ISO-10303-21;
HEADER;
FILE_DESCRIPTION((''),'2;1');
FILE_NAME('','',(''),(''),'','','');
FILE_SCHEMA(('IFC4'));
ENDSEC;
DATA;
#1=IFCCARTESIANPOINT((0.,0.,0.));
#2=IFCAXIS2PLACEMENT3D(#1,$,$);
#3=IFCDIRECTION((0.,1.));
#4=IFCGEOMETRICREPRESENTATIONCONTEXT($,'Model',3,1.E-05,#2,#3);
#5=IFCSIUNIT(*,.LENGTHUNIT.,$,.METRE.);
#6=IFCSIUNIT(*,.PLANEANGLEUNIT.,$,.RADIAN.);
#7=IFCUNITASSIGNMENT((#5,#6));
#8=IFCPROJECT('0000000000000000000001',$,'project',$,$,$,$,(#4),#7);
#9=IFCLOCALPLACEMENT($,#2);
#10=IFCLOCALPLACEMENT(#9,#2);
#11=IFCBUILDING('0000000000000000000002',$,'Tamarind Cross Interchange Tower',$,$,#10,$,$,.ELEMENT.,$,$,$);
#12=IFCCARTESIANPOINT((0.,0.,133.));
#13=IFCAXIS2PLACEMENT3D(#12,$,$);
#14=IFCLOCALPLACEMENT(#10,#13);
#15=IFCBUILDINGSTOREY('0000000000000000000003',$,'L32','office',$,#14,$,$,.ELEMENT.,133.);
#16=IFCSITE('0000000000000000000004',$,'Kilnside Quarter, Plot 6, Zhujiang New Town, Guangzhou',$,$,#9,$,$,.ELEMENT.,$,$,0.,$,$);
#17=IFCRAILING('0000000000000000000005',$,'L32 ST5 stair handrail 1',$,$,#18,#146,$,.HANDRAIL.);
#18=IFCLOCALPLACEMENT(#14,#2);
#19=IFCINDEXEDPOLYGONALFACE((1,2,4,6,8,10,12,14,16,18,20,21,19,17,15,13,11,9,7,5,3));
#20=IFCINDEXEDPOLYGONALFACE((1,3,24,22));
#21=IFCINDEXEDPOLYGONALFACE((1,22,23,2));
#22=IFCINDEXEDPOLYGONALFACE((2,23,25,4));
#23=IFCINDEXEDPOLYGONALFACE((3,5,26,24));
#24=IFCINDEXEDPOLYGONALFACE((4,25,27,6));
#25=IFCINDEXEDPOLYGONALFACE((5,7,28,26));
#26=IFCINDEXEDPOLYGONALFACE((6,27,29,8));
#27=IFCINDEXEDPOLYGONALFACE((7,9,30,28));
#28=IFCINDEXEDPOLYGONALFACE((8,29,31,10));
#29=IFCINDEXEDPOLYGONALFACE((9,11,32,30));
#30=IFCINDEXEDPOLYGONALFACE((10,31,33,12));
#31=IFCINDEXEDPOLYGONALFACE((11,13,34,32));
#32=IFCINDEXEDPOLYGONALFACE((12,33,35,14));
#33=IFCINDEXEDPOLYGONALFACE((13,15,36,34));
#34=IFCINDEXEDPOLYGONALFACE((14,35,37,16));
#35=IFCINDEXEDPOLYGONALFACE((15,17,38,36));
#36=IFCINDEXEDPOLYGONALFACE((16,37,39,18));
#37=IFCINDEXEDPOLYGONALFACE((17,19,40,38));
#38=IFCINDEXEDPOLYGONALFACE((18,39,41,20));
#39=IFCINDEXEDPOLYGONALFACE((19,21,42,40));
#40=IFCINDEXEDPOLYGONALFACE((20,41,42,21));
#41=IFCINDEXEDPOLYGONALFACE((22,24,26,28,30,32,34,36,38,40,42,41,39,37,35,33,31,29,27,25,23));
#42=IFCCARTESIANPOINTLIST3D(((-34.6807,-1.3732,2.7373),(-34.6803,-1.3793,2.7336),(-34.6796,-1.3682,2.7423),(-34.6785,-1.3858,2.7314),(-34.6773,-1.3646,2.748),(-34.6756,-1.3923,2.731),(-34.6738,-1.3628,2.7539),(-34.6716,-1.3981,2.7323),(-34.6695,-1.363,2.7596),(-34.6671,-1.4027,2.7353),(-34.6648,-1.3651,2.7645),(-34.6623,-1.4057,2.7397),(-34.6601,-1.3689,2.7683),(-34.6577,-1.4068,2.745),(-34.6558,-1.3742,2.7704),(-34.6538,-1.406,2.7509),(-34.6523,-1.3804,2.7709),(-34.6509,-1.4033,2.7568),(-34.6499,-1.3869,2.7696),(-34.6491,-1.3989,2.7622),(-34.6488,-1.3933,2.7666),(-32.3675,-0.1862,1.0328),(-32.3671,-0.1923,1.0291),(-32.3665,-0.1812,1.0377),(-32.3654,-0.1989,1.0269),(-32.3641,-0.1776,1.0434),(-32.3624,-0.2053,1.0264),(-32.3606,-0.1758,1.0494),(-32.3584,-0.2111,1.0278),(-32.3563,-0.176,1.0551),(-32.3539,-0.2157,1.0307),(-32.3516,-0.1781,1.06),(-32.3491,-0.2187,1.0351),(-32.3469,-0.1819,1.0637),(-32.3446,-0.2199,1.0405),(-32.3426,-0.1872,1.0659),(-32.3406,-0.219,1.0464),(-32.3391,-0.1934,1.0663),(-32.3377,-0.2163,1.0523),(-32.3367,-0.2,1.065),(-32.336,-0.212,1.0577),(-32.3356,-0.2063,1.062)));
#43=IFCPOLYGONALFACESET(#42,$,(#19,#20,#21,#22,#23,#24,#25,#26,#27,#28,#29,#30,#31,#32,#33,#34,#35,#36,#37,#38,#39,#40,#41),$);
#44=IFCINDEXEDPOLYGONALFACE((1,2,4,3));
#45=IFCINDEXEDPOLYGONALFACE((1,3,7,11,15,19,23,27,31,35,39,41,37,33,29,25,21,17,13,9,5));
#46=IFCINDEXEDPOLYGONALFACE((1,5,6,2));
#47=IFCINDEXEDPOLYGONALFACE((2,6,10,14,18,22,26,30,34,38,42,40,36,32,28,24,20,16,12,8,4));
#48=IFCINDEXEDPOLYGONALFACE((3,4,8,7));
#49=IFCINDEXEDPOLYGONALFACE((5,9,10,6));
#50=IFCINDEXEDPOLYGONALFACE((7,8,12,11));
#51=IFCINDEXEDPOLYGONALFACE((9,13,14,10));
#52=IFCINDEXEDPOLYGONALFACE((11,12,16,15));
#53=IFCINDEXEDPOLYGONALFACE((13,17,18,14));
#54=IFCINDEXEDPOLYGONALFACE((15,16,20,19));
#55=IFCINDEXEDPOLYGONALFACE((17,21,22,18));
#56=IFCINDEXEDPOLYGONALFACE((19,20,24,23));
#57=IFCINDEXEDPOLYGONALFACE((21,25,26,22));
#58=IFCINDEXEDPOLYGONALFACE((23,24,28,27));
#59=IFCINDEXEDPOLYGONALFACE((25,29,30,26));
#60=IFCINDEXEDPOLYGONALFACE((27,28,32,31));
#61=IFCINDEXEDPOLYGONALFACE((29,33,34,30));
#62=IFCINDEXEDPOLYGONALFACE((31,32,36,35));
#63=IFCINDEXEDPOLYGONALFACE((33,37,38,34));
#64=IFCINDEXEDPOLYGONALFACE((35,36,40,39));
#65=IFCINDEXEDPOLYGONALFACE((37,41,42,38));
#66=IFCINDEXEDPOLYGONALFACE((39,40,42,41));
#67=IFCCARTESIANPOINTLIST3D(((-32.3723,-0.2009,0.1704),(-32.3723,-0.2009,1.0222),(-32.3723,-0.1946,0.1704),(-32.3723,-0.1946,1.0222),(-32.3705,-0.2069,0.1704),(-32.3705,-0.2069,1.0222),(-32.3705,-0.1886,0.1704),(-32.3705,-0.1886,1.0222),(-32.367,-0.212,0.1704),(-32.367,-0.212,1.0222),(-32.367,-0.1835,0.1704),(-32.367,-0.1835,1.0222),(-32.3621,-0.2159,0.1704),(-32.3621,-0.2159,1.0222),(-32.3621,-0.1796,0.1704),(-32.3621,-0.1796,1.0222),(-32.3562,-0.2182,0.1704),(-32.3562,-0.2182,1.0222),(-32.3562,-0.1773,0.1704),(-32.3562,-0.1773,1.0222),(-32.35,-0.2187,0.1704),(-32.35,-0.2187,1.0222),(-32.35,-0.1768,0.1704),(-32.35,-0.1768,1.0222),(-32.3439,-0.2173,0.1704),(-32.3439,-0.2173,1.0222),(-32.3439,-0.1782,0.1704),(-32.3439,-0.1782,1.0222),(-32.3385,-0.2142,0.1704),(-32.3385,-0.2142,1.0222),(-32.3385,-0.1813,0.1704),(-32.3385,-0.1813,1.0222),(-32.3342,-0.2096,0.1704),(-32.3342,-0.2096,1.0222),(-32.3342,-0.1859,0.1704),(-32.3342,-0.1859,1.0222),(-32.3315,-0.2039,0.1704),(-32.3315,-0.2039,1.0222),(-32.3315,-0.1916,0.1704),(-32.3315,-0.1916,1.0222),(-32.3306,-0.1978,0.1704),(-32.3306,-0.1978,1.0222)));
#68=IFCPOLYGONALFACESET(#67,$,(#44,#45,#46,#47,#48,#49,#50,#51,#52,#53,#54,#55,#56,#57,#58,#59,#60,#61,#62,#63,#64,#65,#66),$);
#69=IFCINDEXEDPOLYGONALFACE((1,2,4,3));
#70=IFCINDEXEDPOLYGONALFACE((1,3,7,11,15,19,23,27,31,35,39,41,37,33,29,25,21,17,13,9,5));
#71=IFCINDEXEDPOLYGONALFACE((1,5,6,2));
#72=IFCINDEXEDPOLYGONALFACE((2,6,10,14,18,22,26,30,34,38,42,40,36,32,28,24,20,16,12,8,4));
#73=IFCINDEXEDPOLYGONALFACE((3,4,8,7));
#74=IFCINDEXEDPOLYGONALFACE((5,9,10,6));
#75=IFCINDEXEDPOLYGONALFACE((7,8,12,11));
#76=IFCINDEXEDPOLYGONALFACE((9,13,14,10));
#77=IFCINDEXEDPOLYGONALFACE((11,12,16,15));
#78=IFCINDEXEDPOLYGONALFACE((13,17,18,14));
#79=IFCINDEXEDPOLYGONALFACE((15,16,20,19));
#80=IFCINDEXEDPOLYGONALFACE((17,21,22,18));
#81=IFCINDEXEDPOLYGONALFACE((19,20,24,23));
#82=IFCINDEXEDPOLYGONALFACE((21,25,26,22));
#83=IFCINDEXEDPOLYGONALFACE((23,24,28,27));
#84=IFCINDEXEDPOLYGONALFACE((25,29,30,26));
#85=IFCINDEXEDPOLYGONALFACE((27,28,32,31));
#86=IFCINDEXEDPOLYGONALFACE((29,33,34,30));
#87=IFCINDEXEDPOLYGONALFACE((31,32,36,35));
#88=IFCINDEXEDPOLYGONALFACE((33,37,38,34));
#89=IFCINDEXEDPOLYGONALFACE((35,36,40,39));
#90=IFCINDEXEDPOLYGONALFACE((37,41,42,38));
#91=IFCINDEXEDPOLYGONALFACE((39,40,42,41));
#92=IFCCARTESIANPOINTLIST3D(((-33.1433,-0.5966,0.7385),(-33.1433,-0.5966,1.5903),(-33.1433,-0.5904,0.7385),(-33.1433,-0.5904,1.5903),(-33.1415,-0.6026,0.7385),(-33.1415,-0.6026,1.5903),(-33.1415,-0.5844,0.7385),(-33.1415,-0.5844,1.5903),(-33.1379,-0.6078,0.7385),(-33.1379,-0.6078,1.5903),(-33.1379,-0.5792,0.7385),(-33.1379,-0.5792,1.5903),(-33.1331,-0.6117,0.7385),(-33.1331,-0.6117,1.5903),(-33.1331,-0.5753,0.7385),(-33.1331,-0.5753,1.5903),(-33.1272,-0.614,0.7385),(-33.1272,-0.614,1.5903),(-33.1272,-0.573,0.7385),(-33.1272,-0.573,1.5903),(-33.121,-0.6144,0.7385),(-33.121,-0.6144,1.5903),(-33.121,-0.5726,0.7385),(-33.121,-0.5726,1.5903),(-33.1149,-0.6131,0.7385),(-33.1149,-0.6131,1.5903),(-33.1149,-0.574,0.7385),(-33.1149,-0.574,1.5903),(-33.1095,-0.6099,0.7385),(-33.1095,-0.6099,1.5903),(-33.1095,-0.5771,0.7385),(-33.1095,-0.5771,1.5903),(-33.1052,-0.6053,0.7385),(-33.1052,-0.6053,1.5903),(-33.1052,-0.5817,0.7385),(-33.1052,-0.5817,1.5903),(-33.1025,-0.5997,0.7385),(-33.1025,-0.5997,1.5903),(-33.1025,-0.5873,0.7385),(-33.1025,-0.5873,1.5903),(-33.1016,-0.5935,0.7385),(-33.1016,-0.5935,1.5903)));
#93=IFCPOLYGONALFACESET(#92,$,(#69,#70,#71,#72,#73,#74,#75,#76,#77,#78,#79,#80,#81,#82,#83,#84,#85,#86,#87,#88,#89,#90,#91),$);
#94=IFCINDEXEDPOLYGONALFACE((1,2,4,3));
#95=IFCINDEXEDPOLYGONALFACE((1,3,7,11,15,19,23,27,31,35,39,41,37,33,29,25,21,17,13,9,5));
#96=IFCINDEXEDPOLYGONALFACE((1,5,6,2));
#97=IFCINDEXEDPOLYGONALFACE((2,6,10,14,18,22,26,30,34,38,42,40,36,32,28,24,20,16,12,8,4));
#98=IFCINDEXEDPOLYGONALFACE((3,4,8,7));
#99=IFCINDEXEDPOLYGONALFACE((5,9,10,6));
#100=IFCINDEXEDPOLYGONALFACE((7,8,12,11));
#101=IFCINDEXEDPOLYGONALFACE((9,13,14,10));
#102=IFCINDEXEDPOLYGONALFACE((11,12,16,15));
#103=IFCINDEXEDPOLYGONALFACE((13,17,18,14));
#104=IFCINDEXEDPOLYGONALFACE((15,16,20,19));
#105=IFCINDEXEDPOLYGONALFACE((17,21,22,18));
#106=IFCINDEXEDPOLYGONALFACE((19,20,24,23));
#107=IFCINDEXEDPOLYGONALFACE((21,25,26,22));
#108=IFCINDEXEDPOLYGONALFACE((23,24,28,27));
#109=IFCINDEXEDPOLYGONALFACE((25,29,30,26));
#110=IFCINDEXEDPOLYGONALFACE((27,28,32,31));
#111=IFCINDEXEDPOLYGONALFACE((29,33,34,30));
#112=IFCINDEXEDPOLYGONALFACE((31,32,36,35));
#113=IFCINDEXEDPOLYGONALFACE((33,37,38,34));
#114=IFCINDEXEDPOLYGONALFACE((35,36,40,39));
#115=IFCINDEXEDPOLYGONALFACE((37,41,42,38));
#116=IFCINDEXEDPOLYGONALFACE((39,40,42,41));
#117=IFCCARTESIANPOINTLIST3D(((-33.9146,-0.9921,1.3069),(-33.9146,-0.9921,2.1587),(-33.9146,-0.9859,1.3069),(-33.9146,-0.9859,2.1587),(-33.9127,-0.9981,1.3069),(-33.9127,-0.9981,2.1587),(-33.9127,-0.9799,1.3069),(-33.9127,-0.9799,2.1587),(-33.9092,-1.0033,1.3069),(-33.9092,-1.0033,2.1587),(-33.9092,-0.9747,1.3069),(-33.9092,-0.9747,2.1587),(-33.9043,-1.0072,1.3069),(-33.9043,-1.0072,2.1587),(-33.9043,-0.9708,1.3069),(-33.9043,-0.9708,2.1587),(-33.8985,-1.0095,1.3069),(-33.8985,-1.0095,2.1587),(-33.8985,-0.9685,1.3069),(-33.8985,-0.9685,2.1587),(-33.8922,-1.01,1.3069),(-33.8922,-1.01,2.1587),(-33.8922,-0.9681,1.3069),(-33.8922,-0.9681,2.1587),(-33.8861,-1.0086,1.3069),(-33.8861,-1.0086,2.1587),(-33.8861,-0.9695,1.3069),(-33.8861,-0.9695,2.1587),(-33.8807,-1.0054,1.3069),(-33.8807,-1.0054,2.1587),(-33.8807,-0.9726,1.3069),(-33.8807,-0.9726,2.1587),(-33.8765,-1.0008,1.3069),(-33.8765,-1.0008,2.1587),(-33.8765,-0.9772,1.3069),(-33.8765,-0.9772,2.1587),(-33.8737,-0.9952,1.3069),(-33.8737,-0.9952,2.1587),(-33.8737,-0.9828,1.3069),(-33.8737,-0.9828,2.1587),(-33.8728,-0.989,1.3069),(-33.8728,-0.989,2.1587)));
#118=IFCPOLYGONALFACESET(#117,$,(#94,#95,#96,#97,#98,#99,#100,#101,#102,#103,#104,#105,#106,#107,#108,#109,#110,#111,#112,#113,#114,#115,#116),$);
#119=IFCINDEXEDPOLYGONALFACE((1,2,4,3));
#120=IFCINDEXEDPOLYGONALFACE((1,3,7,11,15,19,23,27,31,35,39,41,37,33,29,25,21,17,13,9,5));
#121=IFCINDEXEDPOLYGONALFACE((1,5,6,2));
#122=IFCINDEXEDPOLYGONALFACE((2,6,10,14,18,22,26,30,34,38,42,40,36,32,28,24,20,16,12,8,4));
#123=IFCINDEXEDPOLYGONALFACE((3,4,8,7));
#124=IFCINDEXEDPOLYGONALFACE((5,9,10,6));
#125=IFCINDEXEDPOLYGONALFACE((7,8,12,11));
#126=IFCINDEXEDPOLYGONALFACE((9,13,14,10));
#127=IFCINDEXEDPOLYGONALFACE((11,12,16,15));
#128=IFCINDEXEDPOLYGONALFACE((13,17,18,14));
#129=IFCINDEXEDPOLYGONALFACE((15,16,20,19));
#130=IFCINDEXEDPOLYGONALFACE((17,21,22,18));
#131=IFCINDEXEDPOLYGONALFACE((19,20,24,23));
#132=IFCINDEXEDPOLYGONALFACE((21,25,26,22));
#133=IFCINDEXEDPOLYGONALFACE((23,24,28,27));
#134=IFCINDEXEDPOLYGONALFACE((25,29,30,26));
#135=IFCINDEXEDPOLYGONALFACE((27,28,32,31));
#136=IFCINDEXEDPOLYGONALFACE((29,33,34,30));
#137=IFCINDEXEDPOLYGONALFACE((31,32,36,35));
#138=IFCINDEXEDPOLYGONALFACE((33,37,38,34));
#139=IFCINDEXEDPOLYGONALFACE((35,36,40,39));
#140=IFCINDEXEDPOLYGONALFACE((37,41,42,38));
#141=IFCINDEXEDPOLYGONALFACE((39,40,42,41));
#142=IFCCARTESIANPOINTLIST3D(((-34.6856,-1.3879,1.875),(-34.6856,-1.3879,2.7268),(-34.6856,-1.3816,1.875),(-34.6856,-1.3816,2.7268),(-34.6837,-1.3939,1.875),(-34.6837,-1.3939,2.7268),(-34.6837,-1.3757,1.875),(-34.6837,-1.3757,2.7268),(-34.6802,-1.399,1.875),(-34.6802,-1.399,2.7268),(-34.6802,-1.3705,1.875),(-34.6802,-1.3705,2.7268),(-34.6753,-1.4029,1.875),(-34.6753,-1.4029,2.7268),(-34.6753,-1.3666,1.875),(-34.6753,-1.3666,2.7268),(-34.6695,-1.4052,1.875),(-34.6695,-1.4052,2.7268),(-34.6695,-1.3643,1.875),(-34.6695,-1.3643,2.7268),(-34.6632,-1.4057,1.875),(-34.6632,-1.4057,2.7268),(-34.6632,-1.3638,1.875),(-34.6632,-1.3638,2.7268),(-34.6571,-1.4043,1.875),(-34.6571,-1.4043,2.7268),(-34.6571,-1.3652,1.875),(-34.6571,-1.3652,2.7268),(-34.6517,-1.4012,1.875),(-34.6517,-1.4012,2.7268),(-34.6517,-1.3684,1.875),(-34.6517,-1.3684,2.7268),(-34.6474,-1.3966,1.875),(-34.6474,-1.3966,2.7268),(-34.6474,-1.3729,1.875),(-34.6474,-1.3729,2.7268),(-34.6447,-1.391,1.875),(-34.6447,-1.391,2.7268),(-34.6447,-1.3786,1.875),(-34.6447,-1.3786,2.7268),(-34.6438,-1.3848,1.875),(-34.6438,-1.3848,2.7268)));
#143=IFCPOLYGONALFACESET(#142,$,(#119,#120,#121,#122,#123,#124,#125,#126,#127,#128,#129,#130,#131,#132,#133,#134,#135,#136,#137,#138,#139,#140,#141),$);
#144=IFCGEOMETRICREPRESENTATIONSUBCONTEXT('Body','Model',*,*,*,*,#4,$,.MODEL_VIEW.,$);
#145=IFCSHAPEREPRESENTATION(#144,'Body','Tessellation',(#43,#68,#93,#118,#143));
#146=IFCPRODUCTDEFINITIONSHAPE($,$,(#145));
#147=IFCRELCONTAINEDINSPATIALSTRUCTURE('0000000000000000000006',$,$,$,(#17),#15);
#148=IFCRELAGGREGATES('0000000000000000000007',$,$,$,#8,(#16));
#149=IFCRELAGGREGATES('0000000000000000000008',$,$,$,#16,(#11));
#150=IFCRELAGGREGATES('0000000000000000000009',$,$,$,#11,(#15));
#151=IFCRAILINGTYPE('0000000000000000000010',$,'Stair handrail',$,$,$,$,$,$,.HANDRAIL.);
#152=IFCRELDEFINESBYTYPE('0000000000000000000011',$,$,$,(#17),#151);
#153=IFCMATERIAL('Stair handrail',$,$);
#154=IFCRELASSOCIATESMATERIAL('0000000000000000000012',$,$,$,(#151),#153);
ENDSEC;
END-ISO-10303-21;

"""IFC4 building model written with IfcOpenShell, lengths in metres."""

from ifc_helpers import new_model, si_unit, direction, frame, origin, origin_2d, place, context, subcontext, project, spatial, circle, extrude, material, type_object, element, save


model = new_model("IFC4")

# Units and contexts
model_context = context("Model", 3, precision=1e-05, world=origin(), true_north=direction((0.0, 1.0)))
body_context = subcontext(model_context, "Body", "Model", "MODEL_VIEW")
ifc_project = project(units=[si_unit("LENGTHUNIT", "METRE"), si_unit("PLANEANGLEUNIT", "RADIAN")], contexts=[model_context])

# Site, building, storey
site_placement = place(None, origin())
site = spatial("IfcSite", under=ifc_project, at=site_placement, Name="Kilnside Quarter, Plot 6, Zhujiang New Town, Guangzhou", CompositionType="ELEMENT", RefElevation=0.0)
building_placement = place(site_placement, origin())
building = spatial("IfcBuilding", under=site, at=building_placement, Name="Tamarind Cross Interchange Tower", CompositionType="ELEMENT")
storey_placement = place(building_placement, frame((0.0, 0.0, 133.0)))
storey = spatial("IfcBuildingStorey", under=building, at=storey_placement, Name="L32", Description="office", CompositionType="ELEMENT", Elevation=133.0)

# Railing
ifc_material_1 = material(Name="Stair handrail")
railing_type_1 = type_object("IfcRailingType", Name="Stair handrail", PredefinedType="HANDRAIL", material=ifc_material_1)
railing_1_placement = place(storey_placement, frame((-32.3516, -0.1978, 0.1704)))
element("IfcRailing", 1, at=railing_1_placement, inside=storey, type_object=railing_type_1, Name="L32 ST5 stair handrail 1", PredefinedType="HANDRAIL", context=body_context, shape_type="SweptSolid", body=[
    extrude(circle(Radius=0.0239, at=origin_2d()), frame((0.0, 0.0, 0.876), z_axis=(-0.744052, -0.381803, 0.548282), x_axis=(0.456542, -0.889702, 0.0)), (0.0, 0.0, 1.0), 3.1089),
    extrude(circle(Radius=0.021, at=origin_2d()), origin(), (0.0, 0.0, 1.0), 0.8518),
    extrude(circle(Radius=0.021, at=origin_2d()), frame((-0.771, -0.3958, 0.5681)), (0.0, 0.0, 1.0), 0.8518),
    extrude(circle(Radius=0.021, at=origin_2d()), frame((-1.5422, -0.7913, 1.1365)), (0.0, 0.0, 1.0), 0.8518),
    extrude(circle(Radius=0.021, at=origin_2d()), frame((-2.3132, -1.187, 1.7046)), (0.0, 0.0, 1.0), 0.8518),
])

save(model, "model.ifc")
